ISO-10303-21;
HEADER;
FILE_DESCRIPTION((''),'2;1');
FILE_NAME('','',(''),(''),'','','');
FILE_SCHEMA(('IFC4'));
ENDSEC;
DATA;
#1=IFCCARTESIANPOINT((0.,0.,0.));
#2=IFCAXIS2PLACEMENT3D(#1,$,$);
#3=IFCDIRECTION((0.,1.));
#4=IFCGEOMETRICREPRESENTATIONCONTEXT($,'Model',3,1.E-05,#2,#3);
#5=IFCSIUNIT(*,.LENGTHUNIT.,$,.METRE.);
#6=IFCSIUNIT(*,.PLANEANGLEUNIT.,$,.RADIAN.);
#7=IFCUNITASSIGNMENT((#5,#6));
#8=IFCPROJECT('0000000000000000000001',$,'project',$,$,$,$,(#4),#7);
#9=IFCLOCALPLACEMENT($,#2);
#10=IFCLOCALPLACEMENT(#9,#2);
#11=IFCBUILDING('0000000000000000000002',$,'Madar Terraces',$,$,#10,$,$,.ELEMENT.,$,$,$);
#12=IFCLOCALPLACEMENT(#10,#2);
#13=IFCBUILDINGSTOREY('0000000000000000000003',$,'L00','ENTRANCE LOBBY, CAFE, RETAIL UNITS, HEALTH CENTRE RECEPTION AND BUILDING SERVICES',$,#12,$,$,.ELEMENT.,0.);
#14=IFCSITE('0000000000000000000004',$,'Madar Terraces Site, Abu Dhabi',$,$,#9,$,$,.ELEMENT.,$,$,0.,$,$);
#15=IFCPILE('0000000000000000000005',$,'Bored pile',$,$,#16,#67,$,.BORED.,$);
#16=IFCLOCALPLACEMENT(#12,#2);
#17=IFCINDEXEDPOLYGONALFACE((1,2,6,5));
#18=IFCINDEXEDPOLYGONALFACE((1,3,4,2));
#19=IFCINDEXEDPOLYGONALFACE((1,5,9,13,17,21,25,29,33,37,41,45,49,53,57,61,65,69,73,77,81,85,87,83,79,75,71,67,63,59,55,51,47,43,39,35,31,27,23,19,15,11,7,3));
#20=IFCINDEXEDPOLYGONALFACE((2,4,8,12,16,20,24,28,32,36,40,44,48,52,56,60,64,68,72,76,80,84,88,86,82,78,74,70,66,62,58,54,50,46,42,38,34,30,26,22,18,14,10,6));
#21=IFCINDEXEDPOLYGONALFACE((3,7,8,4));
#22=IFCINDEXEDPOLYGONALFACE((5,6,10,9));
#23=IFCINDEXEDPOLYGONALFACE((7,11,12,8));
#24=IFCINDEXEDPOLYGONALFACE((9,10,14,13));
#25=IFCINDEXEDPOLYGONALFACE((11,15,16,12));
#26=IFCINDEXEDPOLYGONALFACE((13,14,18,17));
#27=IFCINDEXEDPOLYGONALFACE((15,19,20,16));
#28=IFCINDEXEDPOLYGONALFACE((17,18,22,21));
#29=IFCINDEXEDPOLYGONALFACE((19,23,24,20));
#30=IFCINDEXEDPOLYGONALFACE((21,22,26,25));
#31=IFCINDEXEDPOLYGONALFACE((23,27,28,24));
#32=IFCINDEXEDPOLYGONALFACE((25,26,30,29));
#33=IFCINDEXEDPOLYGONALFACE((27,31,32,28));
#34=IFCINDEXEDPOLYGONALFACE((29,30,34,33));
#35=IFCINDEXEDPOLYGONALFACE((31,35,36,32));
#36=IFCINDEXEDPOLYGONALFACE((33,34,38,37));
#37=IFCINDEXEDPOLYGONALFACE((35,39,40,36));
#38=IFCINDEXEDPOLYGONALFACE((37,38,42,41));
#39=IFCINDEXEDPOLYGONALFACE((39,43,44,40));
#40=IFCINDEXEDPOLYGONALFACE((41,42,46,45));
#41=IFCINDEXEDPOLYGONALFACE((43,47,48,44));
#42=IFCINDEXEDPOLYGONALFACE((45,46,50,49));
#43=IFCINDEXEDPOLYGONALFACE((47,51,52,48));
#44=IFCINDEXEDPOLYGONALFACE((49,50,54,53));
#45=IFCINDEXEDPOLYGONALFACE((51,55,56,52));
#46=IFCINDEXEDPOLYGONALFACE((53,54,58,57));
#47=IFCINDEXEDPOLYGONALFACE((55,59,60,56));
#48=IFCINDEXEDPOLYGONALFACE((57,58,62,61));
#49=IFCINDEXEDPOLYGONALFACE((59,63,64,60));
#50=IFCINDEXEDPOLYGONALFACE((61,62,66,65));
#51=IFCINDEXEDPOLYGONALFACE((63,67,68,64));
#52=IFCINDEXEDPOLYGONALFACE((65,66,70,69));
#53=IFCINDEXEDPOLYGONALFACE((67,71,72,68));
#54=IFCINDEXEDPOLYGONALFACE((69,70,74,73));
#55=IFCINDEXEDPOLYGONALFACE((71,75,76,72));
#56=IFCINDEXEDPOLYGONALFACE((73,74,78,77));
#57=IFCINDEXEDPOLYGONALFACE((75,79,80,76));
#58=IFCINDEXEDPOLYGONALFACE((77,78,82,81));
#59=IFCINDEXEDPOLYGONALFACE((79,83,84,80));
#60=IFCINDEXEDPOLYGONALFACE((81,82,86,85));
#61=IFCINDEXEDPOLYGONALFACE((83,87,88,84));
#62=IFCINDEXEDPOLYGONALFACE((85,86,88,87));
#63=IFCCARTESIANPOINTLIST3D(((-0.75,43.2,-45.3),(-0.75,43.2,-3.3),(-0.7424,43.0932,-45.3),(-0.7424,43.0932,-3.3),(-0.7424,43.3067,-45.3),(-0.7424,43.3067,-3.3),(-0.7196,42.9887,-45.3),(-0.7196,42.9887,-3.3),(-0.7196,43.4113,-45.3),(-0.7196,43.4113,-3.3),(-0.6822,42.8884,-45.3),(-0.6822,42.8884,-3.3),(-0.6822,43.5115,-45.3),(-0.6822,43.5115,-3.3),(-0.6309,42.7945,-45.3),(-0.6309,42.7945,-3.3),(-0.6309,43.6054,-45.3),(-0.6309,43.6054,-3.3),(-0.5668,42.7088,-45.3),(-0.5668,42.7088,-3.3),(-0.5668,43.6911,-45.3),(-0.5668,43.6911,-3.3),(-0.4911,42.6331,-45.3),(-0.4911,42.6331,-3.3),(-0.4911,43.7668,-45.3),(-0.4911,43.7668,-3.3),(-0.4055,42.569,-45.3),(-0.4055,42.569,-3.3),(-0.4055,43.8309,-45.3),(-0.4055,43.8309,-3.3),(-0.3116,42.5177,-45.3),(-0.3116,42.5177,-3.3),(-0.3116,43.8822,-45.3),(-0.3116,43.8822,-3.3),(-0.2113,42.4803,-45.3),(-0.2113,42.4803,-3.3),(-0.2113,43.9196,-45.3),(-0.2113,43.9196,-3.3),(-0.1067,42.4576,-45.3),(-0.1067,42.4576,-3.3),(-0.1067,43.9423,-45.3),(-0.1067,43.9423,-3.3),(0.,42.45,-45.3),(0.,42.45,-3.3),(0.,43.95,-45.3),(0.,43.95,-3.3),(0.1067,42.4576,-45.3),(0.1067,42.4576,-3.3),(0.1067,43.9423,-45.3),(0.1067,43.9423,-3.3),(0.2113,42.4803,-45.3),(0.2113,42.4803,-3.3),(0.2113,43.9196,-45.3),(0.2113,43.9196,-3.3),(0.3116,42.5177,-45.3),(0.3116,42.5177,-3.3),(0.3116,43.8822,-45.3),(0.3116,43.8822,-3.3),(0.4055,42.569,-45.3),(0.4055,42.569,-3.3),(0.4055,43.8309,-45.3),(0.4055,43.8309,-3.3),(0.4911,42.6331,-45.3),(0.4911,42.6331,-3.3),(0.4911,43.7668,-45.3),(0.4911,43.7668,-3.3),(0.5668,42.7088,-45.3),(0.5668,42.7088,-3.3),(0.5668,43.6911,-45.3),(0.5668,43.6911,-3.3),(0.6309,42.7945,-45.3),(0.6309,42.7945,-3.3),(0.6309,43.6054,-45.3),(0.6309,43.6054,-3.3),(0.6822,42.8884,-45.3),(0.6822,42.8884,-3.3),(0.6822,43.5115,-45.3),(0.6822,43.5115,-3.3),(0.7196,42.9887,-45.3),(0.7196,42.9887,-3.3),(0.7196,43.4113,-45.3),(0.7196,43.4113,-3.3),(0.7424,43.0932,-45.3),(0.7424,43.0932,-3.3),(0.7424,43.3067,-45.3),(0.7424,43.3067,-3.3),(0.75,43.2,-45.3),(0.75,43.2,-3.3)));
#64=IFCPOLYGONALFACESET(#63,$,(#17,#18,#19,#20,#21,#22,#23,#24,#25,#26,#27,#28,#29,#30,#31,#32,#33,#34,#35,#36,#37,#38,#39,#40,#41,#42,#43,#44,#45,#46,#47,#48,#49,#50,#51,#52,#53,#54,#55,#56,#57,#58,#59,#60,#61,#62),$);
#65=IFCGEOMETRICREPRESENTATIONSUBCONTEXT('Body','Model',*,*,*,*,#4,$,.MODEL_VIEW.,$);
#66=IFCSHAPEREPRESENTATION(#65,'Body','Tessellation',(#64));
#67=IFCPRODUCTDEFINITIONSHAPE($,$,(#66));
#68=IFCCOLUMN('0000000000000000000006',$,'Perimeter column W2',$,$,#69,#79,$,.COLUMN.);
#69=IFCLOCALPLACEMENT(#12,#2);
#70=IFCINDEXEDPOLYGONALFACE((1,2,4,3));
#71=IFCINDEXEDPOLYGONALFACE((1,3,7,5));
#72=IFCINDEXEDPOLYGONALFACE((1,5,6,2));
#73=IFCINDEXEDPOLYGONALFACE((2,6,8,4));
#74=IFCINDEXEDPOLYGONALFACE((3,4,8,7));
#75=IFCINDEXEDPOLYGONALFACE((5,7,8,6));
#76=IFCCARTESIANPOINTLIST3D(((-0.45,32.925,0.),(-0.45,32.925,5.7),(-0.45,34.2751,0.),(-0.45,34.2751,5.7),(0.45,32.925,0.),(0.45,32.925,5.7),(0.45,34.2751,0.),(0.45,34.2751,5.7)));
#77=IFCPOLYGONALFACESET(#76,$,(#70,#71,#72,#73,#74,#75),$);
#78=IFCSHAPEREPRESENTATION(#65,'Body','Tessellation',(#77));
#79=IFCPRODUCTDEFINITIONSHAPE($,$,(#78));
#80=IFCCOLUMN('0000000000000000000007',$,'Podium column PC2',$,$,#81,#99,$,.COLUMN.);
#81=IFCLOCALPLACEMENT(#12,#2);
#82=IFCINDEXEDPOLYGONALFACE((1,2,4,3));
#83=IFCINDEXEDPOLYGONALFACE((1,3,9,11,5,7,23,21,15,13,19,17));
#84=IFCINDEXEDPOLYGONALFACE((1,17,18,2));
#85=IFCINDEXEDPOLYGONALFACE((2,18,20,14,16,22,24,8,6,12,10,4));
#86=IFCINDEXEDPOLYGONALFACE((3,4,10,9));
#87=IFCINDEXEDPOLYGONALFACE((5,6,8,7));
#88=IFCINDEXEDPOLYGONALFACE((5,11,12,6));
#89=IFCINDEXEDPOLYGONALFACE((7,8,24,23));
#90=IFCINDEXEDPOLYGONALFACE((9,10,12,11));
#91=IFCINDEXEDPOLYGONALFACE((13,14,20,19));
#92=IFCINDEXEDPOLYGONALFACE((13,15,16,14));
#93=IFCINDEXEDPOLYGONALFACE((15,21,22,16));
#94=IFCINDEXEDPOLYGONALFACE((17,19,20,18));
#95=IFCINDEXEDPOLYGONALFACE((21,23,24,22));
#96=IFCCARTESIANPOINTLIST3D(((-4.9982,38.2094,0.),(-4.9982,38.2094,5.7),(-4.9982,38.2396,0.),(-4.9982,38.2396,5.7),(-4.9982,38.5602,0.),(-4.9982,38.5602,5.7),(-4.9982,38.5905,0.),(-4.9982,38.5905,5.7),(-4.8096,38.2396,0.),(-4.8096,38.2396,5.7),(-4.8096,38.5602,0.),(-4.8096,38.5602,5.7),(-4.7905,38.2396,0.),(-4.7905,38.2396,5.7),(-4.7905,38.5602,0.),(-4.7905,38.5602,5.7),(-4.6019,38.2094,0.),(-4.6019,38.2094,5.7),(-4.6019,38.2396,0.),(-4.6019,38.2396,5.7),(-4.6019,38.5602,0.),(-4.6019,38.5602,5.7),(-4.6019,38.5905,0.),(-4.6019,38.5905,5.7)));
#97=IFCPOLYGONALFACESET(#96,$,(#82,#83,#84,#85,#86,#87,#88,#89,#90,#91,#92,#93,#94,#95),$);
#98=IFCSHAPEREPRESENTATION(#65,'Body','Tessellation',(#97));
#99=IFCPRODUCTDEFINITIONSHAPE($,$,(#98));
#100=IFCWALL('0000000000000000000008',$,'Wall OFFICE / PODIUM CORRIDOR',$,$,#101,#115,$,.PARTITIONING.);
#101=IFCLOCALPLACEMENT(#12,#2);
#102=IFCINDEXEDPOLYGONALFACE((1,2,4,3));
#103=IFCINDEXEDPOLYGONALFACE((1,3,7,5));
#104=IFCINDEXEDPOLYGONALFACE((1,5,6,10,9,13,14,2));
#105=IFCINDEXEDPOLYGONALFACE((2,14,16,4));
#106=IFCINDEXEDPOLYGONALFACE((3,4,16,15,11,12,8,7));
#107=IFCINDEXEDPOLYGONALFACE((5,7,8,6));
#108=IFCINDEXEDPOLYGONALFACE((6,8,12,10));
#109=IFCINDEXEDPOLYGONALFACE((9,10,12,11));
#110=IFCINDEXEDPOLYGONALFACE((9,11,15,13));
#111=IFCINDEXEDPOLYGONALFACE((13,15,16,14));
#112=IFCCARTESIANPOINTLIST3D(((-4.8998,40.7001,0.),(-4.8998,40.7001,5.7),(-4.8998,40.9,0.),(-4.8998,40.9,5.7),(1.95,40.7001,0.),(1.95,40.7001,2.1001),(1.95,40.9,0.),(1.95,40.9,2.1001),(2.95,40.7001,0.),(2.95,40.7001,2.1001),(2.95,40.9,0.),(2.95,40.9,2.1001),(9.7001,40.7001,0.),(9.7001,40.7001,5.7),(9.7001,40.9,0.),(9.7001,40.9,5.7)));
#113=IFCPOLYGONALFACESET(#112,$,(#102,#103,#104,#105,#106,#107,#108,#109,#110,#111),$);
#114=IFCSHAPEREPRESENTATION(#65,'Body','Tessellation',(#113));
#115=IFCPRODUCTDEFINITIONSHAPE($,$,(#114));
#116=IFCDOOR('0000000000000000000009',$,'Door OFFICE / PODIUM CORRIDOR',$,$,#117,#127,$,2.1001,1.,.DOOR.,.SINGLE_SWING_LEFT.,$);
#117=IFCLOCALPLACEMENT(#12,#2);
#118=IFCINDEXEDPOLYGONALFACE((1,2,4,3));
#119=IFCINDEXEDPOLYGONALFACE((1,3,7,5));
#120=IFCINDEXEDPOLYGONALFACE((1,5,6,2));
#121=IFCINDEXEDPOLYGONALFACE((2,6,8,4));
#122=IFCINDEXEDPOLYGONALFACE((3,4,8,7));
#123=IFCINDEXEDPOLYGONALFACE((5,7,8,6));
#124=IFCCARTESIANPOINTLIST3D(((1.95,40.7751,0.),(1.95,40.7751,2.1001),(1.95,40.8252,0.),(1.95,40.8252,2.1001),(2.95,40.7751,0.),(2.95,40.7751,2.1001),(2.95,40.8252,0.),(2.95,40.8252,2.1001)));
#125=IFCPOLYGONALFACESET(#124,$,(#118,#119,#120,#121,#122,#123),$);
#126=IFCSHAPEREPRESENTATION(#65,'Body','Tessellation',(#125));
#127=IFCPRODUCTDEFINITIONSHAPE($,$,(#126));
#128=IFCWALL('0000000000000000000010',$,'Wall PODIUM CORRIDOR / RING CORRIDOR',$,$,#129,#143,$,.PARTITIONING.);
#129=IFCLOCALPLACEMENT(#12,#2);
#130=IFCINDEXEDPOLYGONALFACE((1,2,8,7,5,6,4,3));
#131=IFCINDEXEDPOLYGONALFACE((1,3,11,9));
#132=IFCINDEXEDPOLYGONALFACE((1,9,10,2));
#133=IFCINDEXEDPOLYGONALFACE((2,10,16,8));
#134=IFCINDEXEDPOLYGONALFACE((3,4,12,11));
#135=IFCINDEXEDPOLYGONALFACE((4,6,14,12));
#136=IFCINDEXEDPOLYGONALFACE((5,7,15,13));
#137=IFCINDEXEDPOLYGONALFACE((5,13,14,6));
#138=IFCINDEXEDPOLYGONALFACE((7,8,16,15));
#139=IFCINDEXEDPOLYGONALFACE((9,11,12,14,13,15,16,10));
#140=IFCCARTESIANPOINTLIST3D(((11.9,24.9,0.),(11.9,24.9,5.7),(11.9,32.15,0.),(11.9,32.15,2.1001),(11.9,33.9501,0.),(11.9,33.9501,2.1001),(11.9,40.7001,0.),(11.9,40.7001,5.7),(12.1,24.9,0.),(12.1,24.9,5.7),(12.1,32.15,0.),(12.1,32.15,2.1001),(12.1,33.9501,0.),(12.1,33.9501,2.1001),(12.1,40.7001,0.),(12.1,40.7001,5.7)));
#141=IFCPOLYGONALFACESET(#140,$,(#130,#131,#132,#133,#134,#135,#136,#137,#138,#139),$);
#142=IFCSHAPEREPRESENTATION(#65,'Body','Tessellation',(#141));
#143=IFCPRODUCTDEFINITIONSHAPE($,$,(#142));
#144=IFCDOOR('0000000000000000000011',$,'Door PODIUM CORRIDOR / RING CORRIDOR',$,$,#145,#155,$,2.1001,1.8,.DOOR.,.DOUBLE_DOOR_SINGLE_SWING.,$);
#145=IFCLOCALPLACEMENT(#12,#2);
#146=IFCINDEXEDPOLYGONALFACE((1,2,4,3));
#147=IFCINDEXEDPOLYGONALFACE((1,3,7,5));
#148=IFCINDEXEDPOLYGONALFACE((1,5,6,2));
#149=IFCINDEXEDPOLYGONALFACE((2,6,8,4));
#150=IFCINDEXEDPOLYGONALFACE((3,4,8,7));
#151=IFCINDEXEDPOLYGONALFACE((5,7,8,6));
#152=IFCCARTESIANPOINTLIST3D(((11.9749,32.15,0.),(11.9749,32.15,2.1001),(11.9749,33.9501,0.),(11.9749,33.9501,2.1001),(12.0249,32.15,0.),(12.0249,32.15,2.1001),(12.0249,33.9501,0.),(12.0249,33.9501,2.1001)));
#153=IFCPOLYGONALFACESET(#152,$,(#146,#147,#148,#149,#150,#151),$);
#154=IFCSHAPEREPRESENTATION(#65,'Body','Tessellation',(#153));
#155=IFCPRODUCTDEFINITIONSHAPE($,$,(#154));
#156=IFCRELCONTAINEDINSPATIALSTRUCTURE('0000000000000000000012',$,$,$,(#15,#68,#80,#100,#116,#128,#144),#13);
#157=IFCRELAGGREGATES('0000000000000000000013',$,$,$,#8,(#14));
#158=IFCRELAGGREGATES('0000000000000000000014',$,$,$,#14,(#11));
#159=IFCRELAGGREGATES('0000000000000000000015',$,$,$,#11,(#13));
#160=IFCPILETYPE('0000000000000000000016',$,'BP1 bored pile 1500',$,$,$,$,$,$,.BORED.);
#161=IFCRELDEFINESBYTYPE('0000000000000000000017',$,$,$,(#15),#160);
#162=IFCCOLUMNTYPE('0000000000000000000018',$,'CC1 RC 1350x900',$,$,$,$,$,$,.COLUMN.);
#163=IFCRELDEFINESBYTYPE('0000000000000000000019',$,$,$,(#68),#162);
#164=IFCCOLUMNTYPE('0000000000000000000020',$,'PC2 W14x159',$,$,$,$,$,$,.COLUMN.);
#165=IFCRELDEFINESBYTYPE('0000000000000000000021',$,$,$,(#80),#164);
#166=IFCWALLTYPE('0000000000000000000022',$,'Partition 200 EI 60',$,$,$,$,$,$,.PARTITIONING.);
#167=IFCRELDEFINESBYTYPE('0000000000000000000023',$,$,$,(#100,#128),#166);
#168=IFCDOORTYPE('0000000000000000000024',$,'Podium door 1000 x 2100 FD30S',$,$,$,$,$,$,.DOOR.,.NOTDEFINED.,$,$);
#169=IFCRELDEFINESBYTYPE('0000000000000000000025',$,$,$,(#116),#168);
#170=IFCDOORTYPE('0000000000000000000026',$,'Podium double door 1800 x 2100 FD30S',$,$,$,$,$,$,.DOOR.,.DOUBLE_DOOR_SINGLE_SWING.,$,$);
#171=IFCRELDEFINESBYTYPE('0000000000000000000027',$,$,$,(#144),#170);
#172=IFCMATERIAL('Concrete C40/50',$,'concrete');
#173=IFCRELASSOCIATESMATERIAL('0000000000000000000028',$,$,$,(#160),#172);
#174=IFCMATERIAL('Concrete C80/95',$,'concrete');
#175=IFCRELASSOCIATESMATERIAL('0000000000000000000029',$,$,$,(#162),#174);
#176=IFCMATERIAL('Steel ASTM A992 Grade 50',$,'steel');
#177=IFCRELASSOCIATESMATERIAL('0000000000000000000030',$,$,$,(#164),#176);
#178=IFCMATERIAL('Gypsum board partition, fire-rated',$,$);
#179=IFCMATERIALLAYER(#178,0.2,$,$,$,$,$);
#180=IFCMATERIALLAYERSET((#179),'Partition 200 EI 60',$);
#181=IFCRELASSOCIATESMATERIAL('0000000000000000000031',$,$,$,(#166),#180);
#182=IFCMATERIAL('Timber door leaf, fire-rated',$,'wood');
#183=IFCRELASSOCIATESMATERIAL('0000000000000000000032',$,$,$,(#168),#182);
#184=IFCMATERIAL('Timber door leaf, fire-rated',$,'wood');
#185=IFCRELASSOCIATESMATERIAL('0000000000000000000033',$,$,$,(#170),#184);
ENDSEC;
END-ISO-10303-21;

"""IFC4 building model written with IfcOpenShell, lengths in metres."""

from ifc_helpers import new_model, si_unit, direction, frame, frame_2d, origin, origin_2d, place, context, subcontext, project, spatial, rectangle, circle, i_section, extrude, material, layer, layer_set, material_profile, profile_set, type_object, element, fill, save


model = new_model("IFC4")

# Units and contexts
model_context = context("Model", 3, precision=1e-05, world=origin(), true_north=direction((0.0, 1.0)))
body_context = subcontext(model_context, "Body", "Model", "MODEL_VIEW")
ifc_project = project(units=[si_unit("LENGTHUNIT", "METRE"), si_unit("PLANEANGLEUNIT", "RADIAN")], contexts=[model_context])

# Site, building, storey
site_placement = place(None, origin())
site = spatial("IfcSite", under=ifc_project, at=site_placement, Name="Madar Terraces Site, Abu Dhabi", CompositionType="ELEMENT", RefElevation=0.0)
building_placement = place(site_placement, origin())
building = spatial("IfcBuilding", under=site, at=building_placement, Name="Madar Terraces", CompositionType="ELEMENT")
storey_placement = place(building_placement, origin())
storey = spatial("IfcBuildingStorey", under=building, at=storey_placement, Name="L00", Description="ENTRANCE LOBBY, CAFE, RETAIL UNITS, HEALTH CENTRE RECEPTION AND BUILDING SERVICES", CompositionType="ELEMENT", Elevation=0.0)

# Pile
ifc_material_1 = material(Name="Concrete C40/50", Category="concrete")
ifc_material_profile_1 = material_profile(ifc_material_1, circle(Radius=0.75, at=origin_2d()), Name="BP1 bored pile 1500")
ifc_profile_set_1 = profile_set([ifc_material_profile_1], Name="Concrete C40/50")
pile_type = type_object("IfcPileType", Name="BP1 bored pile 1500", PredefinedType="BORED", material=ifc_profile_set_1)
for number, where, z_axis, x_axis, name in (
    (1, (0.0, 43.2, -3.3), (0.0, 0.0, -1.0), (1.0, 0.0, 0.0), "Bored pile"),
):
    element("IfcPile", number, at=place(storey_placement, frame(where, z_axis=z_axis, x_axis=x_axis)), inside=storey, type_object=pile_type, Name=name, PredefinedType="BORED", context=body_context, shape_type="SweptSolid", body=[
        extrude(circle(Radius=0.75, at=origin_2d()), origin(), (0.0, 0.0, 1.0), 42.0),
    ])

# Columns
ifc_material_2 = material(Name="Concrete C80/95", Category="concrete")
ifc_material_profile_2 = material_profile(ifc_material_2, rectangle(XDim=1.3501, YDim=0.8999, at=origin_2d()), Name="CC1 RC 1350x900")
ifc_profile_set_2 = profile_set([ifc_material_profile_2], Name="Concrete C80/95")
column_type_1 = type_object("IfcColumnType", Name="CC1 RC 1350x900", PredefinedType="COLUMN", material=ifc_profile_set_2)
column_1_placement = place(storey_placement, frame((0.0, 33.6001, 0.0), z_axis=(0.0, 0.0, 1.0), x_axis=(0.0, 1.0, 0.0)))
element("IfcColumn", 2, at=column_1_placement, inside=storey, type_object=column_type_1, Name="Perimeter column W2", PredefinedType="COLUMN", context=body_context, shape_type="SweptSolid", body=[
    extrude(rectangle(XDim=1.3501, YDim=0.8999, at=origin_2d()), origin(), (0.0, 0.0, 1.0), 5.7),
])
ifc_material_3 = material(Name="Steel ASTM A992 Grade 50", Category="steel")
ifc_material_profile_3 = material_profile(ifc_material_3, i_section(OverallWidth=0.3962, OverallDepth=0.3811, WebThickness=0.019, FlangeThickness=0.0303, at=origin_2d()), Name="W14x159")
ifc_profile_set_3 = profile_set([ifc_material_profile_3], Name="Steel ASTM A992 Grade 50")
column_type_2 = type_object("IfcColumnType", Name="PC2 W14x159", PredefinedType="COLUMN", material=ifc_profile_set_3)
column_2_placement = place(storey_placement, frame((-4.8, 38.3999, 0.0), z_axis=(0.0, 0.0, 1.0), x_axis=(1.0, 0.0, 0.0)))
element("IfcColumn", 3, at=column_2_placement, inside=storey, type_object=column_type_2, Name="Podium column PC2", PredefinedType="COLUMN", context=body_context, shape_type="SweptSolid", body=[
    extrude(i_section(OverallWidth=0.3962, OverallDepth=0.3811, WebThickness=0.019, FlangeThickness=0.0303, at=origin_2d()), origin(), (0.0, 0.0, 1.0), 5.7),
])

# Walls, openings, doors
ifc_material_4 = material(Name="Gypsum board partition, fire-rated")
ifc_layer = layer(ifc_material_4, 0.2)
ifc_layer_set = layer_set([ifc_layer], Name="Partition 200 EI 60")
wall_type = type_object("IfcWallType", Name="Partition 200 EI 60", PredefinedType="PARTITIONING", material=ifc_layer_set)
wall_1_placement = place(storey_placement, frame((9.7, 40.8, 0.0), z_axis=(0.0, 0.0, 1.0), x_axis=(-1.0, 0.0, 0.0)))
wall_1 = element("IfcWall", 4, at=wall_1_placement, inside=storey, type_object=wall_type, Name="Wall OFFICE / PODIUM CORRIDOR", PredefinedType="PARTITIONING", context=body_context, shape_type="SweptSolid", body=[
    extrude(rectangle(XDim=14.5999, YDim=0.2, at=frame_2d((7.2998, 0.0))), origin(), (0.0, 0.0, 1.0), 5.7),
])
opening_1_placement = place(wall_1_placement, frame((6.75, 0.0, 0.0)))
opening_1 = element("IfcOpeningElement", 5, at=opening_1_placement, cuts=wall_1, PredefinedType="OPENING", context=body_context, shape_type="SweptSolid", body=[
    extrude(rectangle(XDim=1.0, YDim=2.1001, at=frame_2d((0.5, 1.05))), frame((0.0, 0.1099, 0.0), z_axis=(0.0, -1.0, 0.0), x_axis=(1.0, 0.0, 0.0)), (0.0, 0.0, 1.0), 0.22),
])
ifc_material_5 = material(Name="Timber door leaf, fire-rated", Category="wood")
door_type_1 = type_object("IfcDoorType", Name="Podium door 1000 x 2100 FD30S", OperationType="NOTDEFINED", PredefinedType="DOOR", material=ifc_material_5)
door_1_placement = place(opening_1_placement, origin())
door_1 = element("IfcDoor", 6, at=door_1_placement, inside=storey, type_object=door_type_1, Name="Door OFFICE / PODIUM CORRIDOR", OperationType="SINGLE_SWING_LEFT", OverallHeight=2.1001, OverallWidth=1.0, PredefinedType="DOOR", context=body_context, shape_type="SweptSolid", body=[
    extrude(rectangle(XDim=1.0, YDim=2.1001, at=frame_2d((0.5, 1.05))), frame((0.0, 0.0249, 0.0), z_axis=(0.0, -1.0, 0.0), x_axis=(1.0, 0.0, 0.0)), (0.0, 0.0, 1.0), 0.05),
])
fill(opening_1, door_1)
wall_2_placement = place(storey_placement, frame((12.0, 40.7, 0.0), z_axis=(0.0, 0.0, 1.0), x_axis=(0.0, -1.0, 0.0)))
wall_2 = element("IfcWall", 7, at=wall_2_placement, inside=storey, type_object=wall_type, Name="Wall PODIUM CORRIDOR / RING CORRIDOR", PredefinedType="PARTITIONING", context=body_context, shape_type="SweptSolid", body=[
    extrude(rectangle(XDim=15.8, YDim=0.2, at=frame_2d((7.8999, 0.0))), origin(), (0.0, 0.0, 1.0), 5.7),
])
opening_2_placement = place(wall_2_placement, frame((6.75, 0.0, 0.0)))
opening_2 = element("IfcOpeningElement", 8, at=opening_2_placement, cuts=wall_2, PredefinedType="OPENING", context=body_context, shape_type="SweptSolid", body=[
    extrude(rectangle(XDim=1.8, YDim=2.1001, at=frame_2d((0.8999, 1.05))), frame((0.0, 0.1099, 0.0), z_axis=(0.0, -1.0, 0.0), x_axis=(1.0, 0.0, 0.0)), (0.0, 0.0, 1.0), 0.22),
])
ifc_material_6 = material(Name="Timber door leaf, fire-rated", Category="wood")
door_type_2 = type_object("IfcDoorType", Name="Podium double door 1800 x 2100 FD30S", OperationType="DOUBLE_DOOR_SINGLE_SWING", PredefinedType="DOOR", material=ifc_material_6)
door_2_placement = place(opening_2_placement, origin())
door_2 = element("IfcDoor", 9, at=door_2_placement, inside=storey, type_object=door_type_2, Name="Door PODIUM CORRIDOR / RING CORRIDOR", OperationType="DOUBLE_DOOR_SINGLE_SWING", OverallHeight=2.1001, OverallWidth=1.8, PredefinedType="DOOR", context=body_context, shape_type="SweptSolid", body=[
    extrude(rectangle(XDim=1.8, YDim=2.1001, at=frame_2d((0.8999, 1.05))), frame((0.0, 0.0249, 0.0), z_axis=(0.0, -1.0, 0.0), x_axis=(1.0, 0.0, 0.0)), (0.0, 0.0, 1.0), 0.05),
])
fill(opening_2, door_2)

save(model, "model.ifc")
